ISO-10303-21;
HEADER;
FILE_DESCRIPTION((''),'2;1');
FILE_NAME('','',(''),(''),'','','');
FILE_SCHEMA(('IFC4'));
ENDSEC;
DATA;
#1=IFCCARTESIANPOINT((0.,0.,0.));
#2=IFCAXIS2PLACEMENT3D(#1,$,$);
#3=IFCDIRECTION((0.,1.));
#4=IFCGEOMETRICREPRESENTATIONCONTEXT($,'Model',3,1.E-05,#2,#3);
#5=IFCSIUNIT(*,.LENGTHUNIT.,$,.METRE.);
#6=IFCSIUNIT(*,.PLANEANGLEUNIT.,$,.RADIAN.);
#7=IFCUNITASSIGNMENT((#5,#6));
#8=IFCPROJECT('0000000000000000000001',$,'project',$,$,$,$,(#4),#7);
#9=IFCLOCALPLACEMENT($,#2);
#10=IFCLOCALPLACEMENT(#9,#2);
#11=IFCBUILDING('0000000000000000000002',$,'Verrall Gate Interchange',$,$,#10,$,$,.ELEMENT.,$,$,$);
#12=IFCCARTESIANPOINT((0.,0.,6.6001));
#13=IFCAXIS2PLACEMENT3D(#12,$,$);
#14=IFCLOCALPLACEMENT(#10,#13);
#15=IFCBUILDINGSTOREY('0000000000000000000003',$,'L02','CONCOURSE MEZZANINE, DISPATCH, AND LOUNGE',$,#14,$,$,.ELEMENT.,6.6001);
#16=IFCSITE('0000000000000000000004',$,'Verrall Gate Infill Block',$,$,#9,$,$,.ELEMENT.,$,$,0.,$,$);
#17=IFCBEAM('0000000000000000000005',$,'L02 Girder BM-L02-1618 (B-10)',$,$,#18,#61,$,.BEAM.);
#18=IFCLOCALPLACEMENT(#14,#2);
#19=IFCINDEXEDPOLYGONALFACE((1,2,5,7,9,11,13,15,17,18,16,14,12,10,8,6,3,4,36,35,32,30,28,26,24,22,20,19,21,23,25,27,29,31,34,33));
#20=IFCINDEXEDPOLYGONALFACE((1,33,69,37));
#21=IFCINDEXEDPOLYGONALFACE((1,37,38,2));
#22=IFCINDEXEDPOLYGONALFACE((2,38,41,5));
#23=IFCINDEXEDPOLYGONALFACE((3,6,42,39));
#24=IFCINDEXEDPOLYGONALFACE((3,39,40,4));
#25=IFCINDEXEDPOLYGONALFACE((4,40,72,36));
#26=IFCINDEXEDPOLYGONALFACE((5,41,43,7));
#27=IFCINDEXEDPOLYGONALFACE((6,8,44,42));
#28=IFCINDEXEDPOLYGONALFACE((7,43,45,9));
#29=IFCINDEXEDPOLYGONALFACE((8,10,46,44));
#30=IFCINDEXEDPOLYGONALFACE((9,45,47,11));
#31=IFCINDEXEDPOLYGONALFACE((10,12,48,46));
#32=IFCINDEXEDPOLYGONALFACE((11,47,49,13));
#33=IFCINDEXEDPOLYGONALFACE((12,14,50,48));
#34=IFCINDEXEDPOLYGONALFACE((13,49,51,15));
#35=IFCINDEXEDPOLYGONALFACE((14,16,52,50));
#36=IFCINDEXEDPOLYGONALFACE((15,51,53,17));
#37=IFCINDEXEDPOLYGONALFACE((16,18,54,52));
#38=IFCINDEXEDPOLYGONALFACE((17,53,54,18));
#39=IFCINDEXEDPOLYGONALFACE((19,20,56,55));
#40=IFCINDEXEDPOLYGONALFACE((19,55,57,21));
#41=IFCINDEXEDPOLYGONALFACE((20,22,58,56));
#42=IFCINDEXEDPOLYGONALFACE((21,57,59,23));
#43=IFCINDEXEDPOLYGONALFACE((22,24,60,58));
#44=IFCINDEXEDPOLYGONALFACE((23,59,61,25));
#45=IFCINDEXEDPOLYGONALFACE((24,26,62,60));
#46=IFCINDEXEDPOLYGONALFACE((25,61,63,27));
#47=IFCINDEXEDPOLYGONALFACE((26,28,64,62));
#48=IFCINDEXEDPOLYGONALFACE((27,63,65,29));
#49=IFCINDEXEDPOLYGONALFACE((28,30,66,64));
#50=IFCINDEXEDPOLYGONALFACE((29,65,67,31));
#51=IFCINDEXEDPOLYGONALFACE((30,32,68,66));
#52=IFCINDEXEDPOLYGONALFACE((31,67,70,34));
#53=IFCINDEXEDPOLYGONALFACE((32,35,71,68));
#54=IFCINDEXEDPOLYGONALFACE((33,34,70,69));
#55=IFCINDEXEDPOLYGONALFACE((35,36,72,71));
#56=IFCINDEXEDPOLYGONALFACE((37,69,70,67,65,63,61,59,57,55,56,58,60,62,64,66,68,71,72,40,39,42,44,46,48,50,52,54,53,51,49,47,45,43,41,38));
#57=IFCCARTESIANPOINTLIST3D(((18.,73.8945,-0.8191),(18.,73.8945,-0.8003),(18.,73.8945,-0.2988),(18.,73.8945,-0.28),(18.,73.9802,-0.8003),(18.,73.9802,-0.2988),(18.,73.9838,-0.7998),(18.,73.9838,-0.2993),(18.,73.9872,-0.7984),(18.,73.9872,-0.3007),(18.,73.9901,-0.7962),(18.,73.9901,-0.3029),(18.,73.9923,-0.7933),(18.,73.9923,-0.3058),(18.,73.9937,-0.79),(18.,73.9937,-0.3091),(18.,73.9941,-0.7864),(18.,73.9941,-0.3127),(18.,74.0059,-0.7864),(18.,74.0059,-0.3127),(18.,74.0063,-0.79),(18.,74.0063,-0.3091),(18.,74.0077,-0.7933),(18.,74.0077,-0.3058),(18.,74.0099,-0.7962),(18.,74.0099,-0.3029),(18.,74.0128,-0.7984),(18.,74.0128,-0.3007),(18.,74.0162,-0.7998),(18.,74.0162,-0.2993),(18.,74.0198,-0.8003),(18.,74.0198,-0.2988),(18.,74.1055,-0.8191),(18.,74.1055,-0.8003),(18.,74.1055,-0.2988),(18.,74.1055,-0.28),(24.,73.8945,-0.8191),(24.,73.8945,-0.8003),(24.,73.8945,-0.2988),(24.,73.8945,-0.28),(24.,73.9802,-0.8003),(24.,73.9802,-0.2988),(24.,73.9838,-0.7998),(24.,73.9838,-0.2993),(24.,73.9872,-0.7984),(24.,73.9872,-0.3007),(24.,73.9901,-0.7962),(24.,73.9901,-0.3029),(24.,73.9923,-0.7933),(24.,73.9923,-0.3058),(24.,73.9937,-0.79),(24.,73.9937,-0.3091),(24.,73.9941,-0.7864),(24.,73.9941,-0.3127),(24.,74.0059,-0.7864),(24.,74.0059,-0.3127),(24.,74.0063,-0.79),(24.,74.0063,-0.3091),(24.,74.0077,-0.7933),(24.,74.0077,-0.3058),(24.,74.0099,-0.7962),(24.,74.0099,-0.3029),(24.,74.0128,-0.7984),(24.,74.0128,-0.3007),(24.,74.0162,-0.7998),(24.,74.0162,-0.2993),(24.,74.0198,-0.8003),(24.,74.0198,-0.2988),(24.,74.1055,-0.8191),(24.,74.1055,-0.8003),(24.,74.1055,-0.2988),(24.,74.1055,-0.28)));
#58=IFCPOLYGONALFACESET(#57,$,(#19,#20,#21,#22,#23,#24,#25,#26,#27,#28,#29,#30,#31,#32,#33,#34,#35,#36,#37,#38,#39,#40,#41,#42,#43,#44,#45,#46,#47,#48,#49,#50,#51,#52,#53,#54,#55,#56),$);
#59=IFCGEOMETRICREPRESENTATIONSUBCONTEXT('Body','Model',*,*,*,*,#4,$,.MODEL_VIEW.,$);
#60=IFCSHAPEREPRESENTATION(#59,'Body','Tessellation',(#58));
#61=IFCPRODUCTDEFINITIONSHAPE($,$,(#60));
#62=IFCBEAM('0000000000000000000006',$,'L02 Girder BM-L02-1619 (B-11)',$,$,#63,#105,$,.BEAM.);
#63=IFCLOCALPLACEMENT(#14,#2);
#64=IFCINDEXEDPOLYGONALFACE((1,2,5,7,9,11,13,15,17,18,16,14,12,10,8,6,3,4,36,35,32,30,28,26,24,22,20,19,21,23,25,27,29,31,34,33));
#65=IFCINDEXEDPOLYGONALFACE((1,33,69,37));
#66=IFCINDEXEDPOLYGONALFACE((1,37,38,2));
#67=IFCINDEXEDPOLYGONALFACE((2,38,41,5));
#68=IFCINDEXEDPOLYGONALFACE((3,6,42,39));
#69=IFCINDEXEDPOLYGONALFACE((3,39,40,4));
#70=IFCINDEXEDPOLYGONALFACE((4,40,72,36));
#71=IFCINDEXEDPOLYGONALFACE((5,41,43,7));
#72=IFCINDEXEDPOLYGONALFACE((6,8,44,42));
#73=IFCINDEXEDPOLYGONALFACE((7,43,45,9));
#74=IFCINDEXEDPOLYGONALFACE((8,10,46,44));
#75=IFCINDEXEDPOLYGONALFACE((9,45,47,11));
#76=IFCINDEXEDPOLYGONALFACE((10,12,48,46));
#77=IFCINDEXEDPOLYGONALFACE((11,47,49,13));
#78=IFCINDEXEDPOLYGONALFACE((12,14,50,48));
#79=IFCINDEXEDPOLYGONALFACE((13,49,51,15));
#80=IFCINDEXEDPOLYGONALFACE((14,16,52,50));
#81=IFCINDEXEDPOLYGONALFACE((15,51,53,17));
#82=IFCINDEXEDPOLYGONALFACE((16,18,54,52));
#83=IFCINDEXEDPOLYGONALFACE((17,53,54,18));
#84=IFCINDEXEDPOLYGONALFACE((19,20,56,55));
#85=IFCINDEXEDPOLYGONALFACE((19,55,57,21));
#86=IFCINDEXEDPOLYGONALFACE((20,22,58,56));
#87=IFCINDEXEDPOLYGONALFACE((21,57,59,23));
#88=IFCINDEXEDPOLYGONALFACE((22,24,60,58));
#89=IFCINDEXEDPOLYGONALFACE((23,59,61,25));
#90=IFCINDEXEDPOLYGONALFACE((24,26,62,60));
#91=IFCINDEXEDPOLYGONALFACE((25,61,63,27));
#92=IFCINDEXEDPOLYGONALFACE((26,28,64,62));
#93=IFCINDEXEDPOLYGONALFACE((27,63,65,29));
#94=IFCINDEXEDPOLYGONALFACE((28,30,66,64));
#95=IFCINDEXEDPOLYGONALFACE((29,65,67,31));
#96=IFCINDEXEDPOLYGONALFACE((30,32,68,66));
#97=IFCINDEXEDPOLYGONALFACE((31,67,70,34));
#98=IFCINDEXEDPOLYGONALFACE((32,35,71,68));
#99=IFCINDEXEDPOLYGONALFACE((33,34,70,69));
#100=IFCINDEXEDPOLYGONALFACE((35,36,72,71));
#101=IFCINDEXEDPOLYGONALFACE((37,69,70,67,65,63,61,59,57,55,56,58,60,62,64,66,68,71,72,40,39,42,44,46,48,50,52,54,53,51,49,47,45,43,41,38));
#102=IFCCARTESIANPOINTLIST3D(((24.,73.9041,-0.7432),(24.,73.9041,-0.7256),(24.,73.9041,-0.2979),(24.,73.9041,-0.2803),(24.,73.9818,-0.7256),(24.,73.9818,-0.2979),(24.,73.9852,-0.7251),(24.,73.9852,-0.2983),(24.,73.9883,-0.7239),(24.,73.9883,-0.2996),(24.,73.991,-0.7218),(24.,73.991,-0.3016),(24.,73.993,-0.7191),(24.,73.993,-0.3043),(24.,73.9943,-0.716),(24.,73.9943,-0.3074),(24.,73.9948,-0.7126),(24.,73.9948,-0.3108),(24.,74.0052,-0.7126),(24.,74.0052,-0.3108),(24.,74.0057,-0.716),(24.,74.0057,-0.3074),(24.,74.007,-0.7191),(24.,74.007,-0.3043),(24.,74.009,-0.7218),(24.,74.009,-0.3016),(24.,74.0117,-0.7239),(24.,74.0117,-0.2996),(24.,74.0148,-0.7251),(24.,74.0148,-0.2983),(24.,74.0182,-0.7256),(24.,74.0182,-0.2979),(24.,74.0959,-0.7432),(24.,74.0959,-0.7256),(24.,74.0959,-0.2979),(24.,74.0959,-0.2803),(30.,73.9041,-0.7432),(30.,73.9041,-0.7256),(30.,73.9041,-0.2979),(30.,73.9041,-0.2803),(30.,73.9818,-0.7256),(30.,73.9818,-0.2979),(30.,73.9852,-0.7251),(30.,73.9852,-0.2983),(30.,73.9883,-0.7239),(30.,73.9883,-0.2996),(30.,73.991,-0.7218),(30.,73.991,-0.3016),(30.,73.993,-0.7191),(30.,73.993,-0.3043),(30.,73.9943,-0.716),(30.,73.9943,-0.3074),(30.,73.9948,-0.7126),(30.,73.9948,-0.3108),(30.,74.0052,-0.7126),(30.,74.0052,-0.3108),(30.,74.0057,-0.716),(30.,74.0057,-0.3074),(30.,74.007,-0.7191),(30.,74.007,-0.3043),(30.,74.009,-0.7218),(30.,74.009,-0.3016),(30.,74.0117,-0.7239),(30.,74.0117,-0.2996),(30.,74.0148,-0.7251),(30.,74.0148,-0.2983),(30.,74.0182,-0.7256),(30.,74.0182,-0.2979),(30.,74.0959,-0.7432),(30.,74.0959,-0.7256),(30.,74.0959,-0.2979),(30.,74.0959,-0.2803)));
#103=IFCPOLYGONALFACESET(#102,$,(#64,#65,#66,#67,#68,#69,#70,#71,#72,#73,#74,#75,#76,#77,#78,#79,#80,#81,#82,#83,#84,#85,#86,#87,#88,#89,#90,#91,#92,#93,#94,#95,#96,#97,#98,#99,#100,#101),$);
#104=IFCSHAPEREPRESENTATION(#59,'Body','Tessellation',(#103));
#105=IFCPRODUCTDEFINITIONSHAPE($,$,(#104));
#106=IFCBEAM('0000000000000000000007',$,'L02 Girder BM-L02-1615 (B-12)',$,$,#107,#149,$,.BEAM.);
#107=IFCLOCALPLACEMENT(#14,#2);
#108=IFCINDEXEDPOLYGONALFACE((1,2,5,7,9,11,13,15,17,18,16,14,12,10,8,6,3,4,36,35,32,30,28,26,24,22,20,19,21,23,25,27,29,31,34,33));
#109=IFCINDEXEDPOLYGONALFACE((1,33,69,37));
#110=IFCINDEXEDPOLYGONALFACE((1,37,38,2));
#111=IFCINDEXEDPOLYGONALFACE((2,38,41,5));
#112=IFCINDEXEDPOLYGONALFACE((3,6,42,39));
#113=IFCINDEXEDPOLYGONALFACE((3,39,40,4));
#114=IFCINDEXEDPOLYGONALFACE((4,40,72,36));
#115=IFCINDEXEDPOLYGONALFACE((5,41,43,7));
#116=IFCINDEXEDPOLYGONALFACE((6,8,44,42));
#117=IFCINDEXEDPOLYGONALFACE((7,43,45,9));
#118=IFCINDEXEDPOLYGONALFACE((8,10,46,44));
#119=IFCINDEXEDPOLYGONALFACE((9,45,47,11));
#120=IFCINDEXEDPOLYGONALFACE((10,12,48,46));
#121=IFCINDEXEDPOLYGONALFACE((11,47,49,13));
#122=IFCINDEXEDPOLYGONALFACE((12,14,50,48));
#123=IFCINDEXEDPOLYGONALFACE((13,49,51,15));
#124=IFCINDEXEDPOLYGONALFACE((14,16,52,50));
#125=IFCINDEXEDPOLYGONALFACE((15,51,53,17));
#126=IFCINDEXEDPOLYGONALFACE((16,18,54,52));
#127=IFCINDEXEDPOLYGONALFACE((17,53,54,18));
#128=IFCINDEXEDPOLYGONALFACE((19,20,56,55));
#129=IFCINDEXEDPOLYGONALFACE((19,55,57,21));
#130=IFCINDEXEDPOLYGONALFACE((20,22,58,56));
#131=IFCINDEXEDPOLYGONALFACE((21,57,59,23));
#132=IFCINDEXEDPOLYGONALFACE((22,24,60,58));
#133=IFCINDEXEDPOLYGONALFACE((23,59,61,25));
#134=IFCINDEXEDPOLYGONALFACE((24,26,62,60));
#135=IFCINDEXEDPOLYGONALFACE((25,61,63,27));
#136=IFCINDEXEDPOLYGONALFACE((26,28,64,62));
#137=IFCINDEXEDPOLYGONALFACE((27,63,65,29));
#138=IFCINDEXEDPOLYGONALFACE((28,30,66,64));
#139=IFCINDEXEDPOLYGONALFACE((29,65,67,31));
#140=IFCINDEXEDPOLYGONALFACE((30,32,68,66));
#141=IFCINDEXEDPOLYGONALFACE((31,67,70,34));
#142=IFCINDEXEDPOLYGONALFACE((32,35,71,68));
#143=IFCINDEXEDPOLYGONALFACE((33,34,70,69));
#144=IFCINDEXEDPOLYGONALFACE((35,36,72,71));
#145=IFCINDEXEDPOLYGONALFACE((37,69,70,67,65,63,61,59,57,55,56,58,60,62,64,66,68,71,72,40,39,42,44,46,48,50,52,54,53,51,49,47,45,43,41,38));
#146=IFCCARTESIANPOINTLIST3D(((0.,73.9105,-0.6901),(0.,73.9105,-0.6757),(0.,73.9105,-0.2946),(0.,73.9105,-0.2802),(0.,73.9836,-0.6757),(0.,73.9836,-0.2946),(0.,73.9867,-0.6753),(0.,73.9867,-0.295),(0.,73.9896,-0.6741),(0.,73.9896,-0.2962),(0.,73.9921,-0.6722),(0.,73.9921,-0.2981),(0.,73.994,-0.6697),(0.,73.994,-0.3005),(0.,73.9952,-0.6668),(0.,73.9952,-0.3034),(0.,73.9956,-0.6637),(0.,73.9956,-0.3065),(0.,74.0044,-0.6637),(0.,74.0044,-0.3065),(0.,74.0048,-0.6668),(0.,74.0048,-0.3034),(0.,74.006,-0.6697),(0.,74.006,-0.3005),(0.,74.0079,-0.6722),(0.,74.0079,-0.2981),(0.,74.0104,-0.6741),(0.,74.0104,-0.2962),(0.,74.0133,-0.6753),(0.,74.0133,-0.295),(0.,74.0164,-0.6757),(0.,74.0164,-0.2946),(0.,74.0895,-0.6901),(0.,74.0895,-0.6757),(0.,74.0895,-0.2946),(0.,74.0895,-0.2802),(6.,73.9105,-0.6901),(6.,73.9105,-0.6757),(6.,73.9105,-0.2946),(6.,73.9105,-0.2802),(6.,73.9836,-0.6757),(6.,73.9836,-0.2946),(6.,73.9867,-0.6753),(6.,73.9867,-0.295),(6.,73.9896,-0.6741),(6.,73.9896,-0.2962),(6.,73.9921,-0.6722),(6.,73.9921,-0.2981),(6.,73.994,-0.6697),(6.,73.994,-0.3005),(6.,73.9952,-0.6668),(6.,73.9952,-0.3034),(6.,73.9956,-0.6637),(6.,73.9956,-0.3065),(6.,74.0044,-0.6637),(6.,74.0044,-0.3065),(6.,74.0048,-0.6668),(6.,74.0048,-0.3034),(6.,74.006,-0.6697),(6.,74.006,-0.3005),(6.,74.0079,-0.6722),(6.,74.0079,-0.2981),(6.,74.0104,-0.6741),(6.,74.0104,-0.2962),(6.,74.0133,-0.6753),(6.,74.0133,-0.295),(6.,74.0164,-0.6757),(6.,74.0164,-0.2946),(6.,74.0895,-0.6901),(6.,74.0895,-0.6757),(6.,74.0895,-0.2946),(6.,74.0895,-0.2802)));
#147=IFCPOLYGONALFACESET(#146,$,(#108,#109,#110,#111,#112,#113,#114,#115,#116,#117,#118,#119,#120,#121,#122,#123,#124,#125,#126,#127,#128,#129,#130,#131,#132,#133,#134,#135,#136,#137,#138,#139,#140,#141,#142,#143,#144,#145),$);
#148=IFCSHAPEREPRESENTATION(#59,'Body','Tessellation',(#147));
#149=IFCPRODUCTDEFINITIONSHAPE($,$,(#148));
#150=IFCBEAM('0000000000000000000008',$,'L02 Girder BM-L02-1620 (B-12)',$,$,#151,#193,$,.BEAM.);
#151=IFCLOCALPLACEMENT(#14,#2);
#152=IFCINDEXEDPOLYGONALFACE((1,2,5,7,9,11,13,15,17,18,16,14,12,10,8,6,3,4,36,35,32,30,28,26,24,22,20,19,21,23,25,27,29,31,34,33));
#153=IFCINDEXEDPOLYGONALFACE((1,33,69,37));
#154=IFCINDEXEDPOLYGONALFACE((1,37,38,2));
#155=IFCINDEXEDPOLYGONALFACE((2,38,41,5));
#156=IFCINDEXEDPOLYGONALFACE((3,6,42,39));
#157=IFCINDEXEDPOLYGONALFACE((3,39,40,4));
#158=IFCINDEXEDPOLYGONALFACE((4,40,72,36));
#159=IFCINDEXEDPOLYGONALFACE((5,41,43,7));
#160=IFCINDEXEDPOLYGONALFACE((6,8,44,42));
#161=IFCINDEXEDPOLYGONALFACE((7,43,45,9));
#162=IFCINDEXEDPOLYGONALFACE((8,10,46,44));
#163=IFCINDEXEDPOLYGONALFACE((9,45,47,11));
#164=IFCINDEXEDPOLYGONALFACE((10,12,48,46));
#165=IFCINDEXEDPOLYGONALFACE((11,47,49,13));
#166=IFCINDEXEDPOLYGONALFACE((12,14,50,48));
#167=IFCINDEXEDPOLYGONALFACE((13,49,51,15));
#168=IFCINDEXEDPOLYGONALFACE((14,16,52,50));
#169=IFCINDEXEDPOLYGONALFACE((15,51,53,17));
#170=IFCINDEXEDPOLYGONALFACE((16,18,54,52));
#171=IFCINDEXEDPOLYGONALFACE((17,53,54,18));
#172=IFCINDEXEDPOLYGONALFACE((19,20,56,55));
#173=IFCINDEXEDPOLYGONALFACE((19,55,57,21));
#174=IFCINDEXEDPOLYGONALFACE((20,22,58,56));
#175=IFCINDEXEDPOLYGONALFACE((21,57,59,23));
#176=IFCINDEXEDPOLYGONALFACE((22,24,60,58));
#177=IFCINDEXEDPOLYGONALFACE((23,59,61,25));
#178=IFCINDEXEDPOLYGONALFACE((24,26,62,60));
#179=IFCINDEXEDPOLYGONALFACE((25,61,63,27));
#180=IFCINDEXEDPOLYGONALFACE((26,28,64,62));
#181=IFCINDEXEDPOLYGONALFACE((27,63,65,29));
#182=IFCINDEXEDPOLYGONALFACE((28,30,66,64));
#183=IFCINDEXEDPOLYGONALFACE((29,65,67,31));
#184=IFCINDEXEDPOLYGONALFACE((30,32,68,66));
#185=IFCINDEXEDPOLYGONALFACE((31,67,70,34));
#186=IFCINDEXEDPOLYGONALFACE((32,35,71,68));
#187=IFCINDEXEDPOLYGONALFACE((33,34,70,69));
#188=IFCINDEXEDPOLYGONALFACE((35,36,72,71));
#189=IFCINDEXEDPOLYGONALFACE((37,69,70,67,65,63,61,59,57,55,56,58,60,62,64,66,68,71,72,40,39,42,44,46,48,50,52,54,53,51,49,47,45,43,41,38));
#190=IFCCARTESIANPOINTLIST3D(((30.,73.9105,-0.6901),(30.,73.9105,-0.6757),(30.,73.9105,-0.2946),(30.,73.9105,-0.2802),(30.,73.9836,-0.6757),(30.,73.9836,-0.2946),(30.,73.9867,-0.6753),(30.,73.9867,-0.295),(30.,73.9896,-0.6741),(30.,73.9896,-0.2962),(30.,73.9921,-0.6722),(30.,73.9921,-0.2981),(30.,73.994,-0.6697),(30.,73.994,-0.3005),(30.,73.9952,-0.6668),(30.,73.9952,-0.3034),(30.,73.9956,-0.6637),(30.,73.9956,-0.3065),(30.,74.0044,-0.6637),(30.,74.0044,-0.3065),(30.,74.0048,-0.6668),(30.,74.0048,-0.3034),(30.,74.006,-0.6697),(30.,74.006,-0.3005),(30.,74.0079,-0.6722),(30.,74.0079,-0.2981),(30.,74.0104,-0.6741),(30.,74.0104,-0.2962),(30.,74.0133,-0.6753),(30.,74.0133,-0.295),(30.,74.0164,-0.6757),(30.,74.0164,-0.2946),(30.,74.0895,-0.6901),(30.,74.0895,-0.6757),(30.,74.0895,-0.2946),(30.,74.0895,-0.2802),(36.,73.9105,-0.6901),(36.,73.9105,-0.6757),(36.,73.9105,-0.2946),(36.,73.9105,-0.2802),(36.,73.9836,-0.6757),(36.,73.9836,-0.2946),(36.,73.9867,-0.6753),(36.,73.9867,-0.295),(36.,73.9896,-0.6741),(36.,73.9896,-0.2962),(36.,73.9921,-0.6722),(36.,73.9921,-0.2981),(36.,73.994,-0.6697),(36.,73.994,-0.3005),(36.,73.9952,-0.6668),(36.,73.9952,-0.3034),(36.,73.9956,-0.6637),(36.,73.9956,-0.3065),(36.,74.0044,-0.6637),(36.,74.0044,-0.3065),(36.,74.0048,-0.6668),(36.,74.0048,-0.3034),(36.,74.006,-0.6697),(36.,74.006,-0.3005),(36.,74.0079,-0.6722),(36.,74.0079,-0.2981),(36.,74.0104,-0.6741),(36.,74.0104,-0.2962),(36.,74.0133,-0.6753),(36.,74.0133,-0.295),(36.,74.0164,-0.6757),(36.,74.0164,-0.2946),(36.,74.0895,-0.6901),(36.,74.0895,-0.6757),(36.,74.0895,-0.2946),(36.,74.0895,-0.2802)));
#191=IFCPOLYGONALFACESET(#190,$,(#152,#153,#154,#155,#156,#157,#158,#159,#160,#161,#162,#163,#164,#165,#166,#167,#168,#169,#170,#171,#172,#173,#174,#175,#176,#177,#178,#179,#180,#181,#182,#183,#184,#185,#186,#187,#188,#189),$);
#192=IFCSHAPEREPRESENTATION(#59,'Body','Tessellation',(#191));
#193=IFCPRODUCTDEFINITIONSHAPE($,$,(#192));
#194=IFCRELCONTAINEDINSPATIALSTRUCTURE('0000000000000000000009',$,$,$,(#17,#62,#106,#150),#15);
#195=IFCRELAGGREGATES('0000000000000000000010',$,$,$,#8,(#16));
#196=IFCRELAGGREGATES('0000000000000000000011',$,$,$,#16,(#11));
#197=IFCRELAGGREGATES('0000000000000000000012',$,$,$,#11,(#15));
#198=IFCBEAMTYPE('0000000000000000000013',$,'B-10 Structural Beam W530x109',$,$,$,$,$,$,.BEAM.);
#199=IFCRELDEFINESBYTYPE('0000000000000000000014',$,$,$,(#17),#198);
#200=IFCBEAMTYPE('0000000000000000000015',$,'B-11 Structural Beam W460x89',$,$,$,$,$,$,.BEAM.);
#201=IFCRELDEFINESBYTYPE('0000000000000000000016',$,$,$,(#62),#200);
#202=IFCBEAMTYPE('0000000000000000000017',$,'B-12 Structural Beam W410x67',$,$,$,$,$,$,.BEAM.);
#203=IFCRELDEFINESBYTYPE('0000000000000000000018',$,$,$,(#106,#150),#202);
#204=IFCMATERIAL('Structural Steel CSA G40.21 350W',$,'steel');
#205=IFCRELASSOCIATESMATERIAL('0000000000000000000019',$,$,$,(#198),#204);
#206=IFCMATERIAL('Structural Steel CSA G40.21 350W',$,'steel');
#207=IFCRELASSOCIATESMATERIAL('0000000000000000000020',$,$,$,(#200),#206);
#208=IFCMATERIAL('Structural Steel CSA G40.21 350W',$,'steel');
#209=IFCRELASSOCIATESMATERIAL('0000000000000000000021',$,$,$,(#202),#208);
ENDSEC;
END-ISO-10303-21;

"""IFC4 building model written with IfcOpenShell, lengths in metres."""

from ifc_helpers import new_model, si_unit, direction, frame, origin, origin_2d, place, context, subcontext, project, spatial, i_section, extrude, material, material_profile, profile_set, type_object, element, save


model = new_model("IFC4")

# Units and contexts
model_context = context("Model", 3, precision=1e-05, world=origin(), true_north=direction((0.0, 1.0)))
body_context = subcontext(model_context, "Body", "Model", "MODEL_VIEW")
ifc_project = project(units=[si_unit("LENGTHUNIT", "METRE"), si_unit("PLANEANGLEUNIT", "RADIAN")], contexts=[model_context])

# Site, building, storey
site_placement = place(None, origin())
site = spatial("IfcSite", under=ifc_project, at=site_placement, Name="Verrall Gate Infill Block", CompositionType="ELEMENT", RefElevation=0.0)
building_placement = place(site_placement, origin())
building = spatial("IfcBuilding", under=site, at=building_placement, Name="Verrall Gate Interchange", CompositionType="ELEMENT")
storey_placement = place(building_placement, frame((0.0, 0.0, 6.6001)))
storey = spatial("IfcBuildingStorey", under=building, at=storey_placement, Name="L02", Description="CONCOURSE MEZZANINE, DISPATCH, AND LOUNGE", CompositionType="ELEMENT", Elevation=6.6001)

# Beams
ifc_material_1 = material(Name="Structural Steel CSA G40.21 350W", Category="steel")
ifc_material_profile_1 = material_profile(ifc_material_1, i_section(OverallWidth=0.2109, OverallDepth=0.5391, WebThickness=0.0117, FlangeThickness=0.0188, FilletRadius=0.0139, at=origin_2d()), Name="W530x109")
ifc_profile_set_1 = profile_set([ifc_material_profile_1], Name="Structural Steel CSA G40.21 350W")
beam_type_1 = type_object("IfcBeamType", Name="B-10 Structural Beam W530x109", PredefinedType="BEAM", material=ifc_profile_set_1)
beam_1_placement = place(storey_placement, frame((18.0, 74.0, -0.5496), z_axis=(1.0, 0.0, 0.0), x_axis=(0.0, 1.0, 0.0)))
element("IfcBeam", 1, at=beam_1_placement, inside=storey, type_object=beam_type_1, Name="L02 Girder BM-L02-1618 (B-10)", PredefinedType="BEAM", context=body_context, shape_type="SweptSolid", body=[
    extrude(i_section(OverallWidth=0.2109, OverallDepth=0.5391, WebThickness=0.0117, FlangeThickness=0.0188, FilletRadius=0.0139, at=origin_2d()), origin(), (0.0, 0.0, 1.0), 6.0),
])
ifc_material_2 = material(Name="Structural Steel CSA G40.21 350W", Category="steel")
ifc_material_profile_2 = material_profile(ifc_material_2, i_section(OverallWidth=0.1919, OverallDepth=0.4629, WebThickness=0.0105, FlangeThickness=0.0176, FilletRadius=0.0129, at=origin_2d()), Name="W460x89")
ifc_profile_set_2 = profile_set([ifc_material_profile_2], Name="Structural Steel CSA G40.21 350W")
beam_type_2 = type_object("IfcBeamType", Name="B-11 Structural Beam W460x89", PredefinedType="BEAM", material=ifc_profile_set_2)
beam_2_placement = place(storey_placement, frame((24.0, 74.0, -0.5117), z_axis=(1.0, 0.0, 0.0), x_axis=(0.0, 1.0, 0.0)))
element("IfcBeam", 2, at=beam_2_placement, inside=storey, type_object=beam_type_2, Name="L02 Girder BM-L02-1619 (B-11)", PredefinedType="BEAM", context=body_context, shape_type="SweptSolid", body=[
    extrude(i_section(OverallWidth=0.1919, OverallDepth=0.4629, WebThickness=0.0105, FlangeThickness=0.0176, FilletRadius=0.0129, at=origin_2d()), origin(), (0.0, 0.0, 1.0), 6.0),
])
ifc_material_3 = material(Name="Structural Steel CSA G40.21 350W", Category="steel")
ifc_material_profile_3 = material_profile(ifc_material_3, i_section(OverallWidth=0.179, OverallDepth=0.4099, WebThickness=0.0088, FlangeThickness=0.0144, FilletRadius=0.012, at=origin_2d()), Name="W410x67")
ifc_profile_set_3 = profile_set([ifc_material_profile_3], Name="Structural Steel CSA G40.21 350W")
beam_type_3 = type_object("IfcBeamType", Name="B-12 Structural Beam W410x67", PredefinedType="BEAM", material=ifc_profile_set_3)
for number, where, z_axis, x_axis, name in (
    (3, (0.0, 74.0, -0.4851), (1.0, 0.0, 0.0), (0.0, 1.0, 0.0), "L02 Girder BM-L02-1615 (B-12)"),
    (4, (30.0, 74.0, -0.4851), (1.0, 0.0, 0.0), (0.0, 1.0, 0.0), "L02 Girder BM-L02-1620 (B-12)"),
):
    element("IfcBeam", number, at=place(storey_placement, frame(where, z_axis=z_axis, x_axis=x_axis)), inside=storey, type_object=beam_type_3, Name=name, PredefinedType="BEAM", context=body_context, shape_type="SweptSolid", body=[
        extrude(i_section(OverallWidth=0.179, OverallDepth=0.4099, WebThickness=0.0088, FlangeThickness=0.0144, FilletRadius=0.012, at=origin_2d()), origin(), (0.0, 0.0, 1.0), 6.0),
    ])

save(model, "model.ifc")
